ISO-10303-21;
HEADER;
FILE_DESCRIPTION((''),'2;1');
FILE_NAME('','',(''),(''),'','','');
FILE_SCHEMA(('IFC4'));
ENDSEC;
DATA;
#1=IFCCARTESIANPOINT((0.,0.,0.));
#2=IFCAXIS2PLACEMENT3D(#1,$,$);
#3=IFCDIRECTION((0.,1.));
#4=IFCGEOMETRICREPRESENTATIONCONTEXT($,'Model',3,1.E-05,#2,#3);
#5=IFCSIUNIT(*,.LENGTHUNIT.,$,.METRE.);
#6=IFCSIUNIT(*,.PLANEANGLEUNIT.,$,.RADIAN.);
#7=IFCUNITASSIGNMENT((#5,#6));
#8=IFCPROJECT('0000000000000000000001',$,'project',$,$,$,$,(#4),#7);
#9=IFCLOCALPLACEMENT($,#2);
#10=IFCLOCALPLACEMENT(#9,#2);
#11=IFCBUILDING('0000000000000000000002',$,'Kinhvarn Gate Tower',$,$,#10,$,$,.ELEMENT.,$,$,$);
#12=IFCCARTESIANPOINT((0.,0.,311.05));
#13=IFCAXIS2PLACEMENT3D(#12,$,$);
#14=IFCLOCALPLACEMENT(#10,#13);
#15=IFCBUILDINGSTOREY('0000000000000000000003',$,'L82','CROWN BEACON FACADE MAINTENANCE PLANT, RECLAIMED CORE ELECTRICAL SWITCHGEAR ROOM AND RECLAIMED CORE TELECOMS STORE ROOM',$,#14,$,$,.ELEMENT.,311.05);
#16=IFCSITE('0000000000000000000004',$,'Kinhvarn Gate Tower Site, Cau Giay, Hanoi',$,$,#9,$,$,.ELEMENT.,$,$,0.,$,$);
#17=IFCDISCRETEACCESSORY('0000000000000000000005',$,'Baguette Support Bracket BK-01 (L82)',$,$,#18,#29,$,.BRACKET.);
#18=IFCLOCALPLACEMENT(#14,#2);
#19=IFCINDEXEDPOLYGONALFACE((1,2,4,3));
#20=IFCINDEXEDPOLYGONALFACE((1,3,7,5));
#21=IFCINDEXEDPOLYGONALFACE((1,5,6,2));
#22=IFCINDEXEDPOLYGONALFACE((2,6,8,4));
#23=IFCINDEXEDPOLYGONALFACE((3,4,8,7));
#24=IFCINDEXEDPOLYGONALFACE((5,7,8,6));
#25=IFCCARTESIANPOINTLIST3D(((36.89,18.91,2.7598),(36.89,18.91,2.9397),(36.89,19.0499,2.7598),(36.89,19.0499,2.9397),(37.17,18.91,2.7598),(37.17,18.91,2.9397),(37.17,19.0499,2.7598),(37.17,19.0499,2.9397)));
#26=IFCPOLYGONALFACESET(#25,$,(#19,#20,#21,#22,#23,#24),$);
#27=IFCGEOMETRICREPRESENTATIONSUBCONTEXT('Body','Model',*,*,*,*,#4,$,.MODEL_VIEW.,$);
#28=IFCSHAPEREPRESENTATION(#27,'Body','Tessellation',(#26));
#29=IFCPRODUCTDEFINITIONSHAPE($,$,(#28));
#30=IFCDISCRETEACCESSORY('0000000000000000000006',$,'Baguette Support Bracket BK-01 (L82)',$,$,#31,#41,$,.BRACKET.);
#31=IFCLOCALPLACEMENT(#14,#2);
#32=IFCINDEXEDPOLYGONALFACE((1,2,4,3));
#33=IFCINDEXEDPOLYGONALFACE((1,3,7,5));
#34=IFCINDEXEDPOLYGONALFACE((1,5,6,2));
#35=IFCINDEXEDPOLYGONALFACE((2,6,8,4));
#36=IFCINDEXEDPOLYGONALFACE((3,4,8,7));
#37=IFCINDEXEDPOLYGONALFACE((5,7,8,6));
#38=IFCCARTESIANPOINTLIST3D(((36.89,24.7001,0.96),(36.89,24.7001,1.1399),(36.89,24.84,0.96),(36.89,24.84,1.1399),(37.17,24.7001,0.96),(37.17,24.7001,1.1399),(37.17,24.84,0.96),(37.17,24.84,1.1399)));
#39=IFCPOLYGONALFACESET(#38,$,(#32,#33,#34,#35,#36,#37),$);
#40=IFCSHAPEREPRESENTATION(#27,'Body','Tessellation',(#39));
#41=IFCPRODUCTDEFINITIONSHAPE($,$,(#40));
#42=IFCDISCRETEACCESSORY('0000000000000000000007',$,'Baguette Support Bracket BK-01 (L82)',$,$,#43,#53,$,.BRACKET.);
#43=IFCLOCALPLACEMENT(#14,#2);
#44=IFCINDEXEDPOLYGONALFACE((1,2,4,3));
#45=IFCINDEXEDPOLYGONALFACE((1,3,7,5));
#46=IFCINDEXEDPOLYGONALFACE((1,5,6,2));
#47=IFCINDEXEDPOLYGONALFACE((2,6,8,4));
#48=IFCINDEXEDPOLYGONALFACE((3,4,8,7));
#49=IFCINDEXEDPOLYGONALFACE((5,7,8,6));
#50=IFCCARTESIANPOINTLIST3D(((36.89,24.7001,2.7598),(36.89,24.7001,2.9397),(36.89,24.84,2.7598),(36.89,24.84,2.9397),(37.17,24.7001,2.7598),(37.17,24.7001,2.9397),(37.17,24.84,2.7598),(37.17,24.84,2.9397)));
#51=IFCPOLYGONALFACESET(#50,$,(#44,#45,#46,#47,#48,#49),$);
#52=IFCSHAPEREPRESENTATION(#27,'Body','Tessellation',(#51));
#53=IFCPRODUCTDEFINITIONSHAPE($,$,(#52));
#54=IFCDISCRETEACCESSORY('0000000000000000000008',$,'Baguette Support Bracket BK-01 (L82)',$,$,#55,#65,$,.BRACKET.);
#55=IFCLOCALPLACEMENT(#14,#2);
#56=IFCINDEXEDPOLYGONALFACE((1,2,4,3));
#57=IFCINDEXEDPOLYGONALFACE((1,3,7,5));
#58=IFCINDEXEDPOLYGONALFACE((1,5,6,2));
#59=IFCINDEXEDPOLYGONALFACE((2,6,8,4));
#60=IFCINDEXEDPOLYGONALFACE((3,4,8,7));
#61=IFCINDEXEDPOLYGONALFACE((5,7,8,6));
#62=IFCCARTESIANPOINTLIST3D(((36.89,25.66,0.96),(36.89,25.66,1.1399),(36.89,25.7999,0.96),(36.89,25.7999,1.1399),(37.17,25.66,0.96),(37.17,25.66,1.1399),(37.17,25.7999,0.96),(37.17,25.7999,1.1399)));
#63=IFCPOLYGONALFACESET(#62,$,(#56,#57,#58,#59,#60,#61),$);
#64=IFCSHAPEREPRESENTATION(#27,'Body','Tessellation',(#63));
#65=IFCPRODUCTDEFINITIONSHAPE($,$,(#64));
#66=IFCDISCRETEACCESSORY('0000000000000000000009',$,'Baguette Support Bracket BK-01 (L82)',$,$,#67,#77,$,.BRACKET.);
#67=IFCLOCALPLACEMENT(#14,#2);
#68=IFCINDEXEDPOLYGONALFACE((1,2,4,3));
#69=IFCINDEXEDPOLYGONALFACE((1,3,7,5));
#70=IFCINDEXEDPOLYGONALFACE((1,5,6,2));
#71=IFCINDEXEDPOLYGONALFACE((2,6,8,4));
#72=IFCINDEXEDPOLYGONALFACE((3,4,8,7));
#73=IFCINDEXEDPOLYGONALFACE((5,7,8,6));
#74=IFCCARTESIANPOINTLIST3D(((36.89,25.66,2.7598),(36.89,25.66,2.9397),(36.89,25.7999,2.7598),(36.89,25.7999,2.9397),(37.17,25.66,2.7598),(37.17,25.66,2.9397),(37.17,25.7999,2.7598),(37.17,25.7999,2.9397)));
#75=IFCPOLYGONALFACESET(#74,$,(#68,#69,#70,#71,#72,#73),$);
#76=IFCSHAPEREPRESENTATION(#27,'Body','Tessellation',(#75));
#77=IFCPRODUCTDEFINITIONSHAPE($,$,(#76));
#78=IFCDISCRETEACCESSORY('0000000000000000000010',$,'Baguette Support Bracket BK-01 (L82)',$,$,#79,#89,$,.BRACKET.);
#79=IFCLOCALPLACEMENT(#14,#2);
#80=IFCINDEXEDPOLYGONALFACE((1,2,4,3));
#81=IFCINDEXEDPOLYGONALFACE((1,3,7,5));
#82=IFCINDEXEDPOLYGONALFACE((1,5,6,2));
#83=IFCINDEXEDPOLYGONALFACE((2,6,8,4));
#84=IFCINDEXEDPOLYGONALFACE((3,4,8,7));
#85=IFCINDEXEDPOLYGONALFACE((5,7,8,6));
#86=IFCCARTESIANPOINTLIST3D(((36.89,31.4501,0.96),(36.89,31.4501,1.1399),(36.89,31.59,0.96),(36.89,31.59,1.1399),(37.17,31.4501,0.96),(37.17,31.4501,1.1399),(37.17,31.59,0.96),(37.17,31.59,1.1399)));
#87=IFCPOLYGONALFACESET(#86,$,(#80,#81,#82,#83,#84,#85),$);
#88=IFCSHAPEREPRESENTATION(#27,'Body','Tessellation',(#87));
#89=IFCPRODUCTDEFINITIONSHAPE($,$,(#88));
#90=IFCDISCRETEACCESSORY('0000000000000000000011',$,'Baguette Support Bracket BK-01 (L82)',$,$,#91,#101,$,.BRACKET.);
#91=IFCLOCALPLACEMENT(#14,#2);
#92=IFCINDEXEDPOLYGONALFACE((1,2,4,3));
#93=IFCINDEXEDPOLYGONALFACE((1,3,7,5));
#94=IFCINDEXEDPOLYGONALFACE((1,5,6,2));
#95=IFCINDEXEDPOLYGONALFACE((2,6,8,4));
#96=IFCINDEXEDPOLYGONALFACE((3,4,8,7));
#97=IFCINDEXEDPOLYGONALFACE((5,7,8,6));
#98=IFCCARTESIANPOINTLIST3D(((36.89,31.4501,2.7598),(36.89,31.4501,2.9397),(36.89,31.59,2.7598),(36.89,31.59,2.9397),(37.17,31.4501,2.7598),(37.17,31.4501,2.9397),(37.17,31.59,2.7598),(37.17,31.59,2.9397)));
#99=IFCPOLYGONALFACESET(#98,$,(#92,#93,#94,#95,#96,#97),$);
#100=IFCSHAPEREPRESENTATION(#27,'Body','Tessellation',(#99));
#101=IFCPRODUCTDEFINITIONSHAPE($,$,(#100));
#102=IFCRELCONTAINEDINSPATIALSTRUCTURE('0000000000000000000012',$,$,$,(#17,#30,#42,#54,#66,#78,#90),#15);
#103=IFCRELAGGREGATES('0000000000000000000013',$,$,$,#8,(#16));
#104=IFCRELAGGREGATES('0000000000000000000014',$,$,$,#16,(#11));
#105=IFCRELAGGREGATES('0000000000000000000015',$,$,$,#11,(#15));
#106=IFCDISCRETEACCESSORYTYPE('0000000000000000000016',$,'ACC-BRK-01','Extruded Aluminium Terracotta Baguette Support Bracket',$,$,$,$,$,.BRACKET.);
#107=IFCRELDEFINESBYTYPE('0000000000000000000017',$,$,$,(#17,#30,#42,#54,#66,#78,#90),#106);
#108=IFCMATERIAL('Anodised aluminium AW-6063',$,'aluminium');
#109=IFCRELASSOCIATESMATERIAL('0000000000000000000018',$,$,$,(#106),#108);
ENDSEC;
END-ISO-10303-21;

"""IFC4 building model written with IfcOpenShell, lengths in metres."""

from ifc_helpers import new_model, si_unit, direction, frame, origin, origin_2d, place, context, subcontext, project, spatial, rectangle, extrude, material, type_object, element, save


model = new_model("IFC4")

# Units and contexts
model_context = context("Model", 3, precision=1e-05, world=origin(), true_north=direction((0.0, 1.0)))
body_context = subcontext(model_context, "Body", "Model", "MODEL_VIEW")
ifc_project = project(units=[si_unit("LENGTHUNIT", "METRE"), si_unit("PLANEANGLEUNIT", "RADIAN")], contexts=[model_context])

# Site, building, storey
site_placement = place(None, origin())
site = spatial("IfcSite", under=ifc_project, at=site_placement, Name="Kinhvarn Gate Tower Site, Cau Giay, Hanoi", CompositionType="ELEMENT", RefElevation=0.0)
building_placement = place(site_placement, origin())
building = spatial("IfcBuilding", under=site, at=building_placement, Name="Kinhvarn Gate Tower", CompositionType="ELEMENT")
storey_placement = place(building_placement, frame((0.0, 0.0, 311.05)))
storey = spatial("IfcBuildingStorey", under=building, at=storey_placement, Name="L82", Description="CROWN BEACON FACADE MAINTENANCE PLANT, RECLAIMED CORE ELECTRICAL SWITCHGEAR ROOM AND RECLAIMED CORE TELECOMS STORE ROOM", CompositionType="ELEMENT", Elevation=311.05)

# Shared definitions
ifc_material_1 = material(Name="Anodised aluminium AW-6063", Category="aluminium")

# Discrete accessories
discrete_accessory_type = type_object("IfcDiscreteAccessoryType", Name="ACC-BRK-01", Description="Extruded Aluminium Terracotta Baguette Support Bracket", PredefinedType="BRACKET", material=ifc_material_1)
for number, where, z_axis, x_axis, name in (
    (1, (37.03, 18.98, 2.7598), (0.0, 0.0, 1.0), (0.0, 1.0, 0.0), "Baguette Support Bracket BK-01 (L82)"),
    (2, (37.03, 24.77, 0.96), (0.0, 0.0, 1.0), (0.0, 1.0, 0.0), "Baguette Support Bracket BK-01 (L82)"),
    (3, (37.03, 24.77, 2.7598), (0.0, 0.0, 1.0), (0.0, 1.0, 0.0), "Baguette Support Bracket BK-01 (L82)"),
    (4, (37.03, 25.73, 0.96), (0.0, 0.0, 1.0), (0.0, 1.0, 0.0), "Baguette Support Bracket BK-01 (L82)"),
    (5, (37.03, 25.73, 2.7598), (0.0, 0.0, 1.0), (0.0, 1.0, 0.0), "Baguette Support Bracket BK-01 (L82)"),
    (6, (37.03, 31.52, 0.96), (0.0, 0.0, 1.0), (0.0, 1.0, 0.0), "Baguette Support Bracket BK-01 (L82)"),
    (7, (37.03, 31.52, 2.7598), (0.0, 0.0, 1.0), (0.0, 1.0, 0.0), "Baguette Support Bracket BK-01 (L82)"),
):
    element("IfcDiscreteAccessory", number, at=place(storey_placement, frame(where, z_axis=z_axis, x_axis=x_axis)), inside=storey, type_object=discrete_accessory_type, Name=name, PredefinedType="BRACKET", context=body_context, shape_type="SweptSolid", body=[
        extrude(rectangle(XDim=0.1399, YDim=0.28, at=origin_2d()), origin(), (0.0, 0.0, 1.0), 0.1799),
    ])

save(model, "model.ifc")
